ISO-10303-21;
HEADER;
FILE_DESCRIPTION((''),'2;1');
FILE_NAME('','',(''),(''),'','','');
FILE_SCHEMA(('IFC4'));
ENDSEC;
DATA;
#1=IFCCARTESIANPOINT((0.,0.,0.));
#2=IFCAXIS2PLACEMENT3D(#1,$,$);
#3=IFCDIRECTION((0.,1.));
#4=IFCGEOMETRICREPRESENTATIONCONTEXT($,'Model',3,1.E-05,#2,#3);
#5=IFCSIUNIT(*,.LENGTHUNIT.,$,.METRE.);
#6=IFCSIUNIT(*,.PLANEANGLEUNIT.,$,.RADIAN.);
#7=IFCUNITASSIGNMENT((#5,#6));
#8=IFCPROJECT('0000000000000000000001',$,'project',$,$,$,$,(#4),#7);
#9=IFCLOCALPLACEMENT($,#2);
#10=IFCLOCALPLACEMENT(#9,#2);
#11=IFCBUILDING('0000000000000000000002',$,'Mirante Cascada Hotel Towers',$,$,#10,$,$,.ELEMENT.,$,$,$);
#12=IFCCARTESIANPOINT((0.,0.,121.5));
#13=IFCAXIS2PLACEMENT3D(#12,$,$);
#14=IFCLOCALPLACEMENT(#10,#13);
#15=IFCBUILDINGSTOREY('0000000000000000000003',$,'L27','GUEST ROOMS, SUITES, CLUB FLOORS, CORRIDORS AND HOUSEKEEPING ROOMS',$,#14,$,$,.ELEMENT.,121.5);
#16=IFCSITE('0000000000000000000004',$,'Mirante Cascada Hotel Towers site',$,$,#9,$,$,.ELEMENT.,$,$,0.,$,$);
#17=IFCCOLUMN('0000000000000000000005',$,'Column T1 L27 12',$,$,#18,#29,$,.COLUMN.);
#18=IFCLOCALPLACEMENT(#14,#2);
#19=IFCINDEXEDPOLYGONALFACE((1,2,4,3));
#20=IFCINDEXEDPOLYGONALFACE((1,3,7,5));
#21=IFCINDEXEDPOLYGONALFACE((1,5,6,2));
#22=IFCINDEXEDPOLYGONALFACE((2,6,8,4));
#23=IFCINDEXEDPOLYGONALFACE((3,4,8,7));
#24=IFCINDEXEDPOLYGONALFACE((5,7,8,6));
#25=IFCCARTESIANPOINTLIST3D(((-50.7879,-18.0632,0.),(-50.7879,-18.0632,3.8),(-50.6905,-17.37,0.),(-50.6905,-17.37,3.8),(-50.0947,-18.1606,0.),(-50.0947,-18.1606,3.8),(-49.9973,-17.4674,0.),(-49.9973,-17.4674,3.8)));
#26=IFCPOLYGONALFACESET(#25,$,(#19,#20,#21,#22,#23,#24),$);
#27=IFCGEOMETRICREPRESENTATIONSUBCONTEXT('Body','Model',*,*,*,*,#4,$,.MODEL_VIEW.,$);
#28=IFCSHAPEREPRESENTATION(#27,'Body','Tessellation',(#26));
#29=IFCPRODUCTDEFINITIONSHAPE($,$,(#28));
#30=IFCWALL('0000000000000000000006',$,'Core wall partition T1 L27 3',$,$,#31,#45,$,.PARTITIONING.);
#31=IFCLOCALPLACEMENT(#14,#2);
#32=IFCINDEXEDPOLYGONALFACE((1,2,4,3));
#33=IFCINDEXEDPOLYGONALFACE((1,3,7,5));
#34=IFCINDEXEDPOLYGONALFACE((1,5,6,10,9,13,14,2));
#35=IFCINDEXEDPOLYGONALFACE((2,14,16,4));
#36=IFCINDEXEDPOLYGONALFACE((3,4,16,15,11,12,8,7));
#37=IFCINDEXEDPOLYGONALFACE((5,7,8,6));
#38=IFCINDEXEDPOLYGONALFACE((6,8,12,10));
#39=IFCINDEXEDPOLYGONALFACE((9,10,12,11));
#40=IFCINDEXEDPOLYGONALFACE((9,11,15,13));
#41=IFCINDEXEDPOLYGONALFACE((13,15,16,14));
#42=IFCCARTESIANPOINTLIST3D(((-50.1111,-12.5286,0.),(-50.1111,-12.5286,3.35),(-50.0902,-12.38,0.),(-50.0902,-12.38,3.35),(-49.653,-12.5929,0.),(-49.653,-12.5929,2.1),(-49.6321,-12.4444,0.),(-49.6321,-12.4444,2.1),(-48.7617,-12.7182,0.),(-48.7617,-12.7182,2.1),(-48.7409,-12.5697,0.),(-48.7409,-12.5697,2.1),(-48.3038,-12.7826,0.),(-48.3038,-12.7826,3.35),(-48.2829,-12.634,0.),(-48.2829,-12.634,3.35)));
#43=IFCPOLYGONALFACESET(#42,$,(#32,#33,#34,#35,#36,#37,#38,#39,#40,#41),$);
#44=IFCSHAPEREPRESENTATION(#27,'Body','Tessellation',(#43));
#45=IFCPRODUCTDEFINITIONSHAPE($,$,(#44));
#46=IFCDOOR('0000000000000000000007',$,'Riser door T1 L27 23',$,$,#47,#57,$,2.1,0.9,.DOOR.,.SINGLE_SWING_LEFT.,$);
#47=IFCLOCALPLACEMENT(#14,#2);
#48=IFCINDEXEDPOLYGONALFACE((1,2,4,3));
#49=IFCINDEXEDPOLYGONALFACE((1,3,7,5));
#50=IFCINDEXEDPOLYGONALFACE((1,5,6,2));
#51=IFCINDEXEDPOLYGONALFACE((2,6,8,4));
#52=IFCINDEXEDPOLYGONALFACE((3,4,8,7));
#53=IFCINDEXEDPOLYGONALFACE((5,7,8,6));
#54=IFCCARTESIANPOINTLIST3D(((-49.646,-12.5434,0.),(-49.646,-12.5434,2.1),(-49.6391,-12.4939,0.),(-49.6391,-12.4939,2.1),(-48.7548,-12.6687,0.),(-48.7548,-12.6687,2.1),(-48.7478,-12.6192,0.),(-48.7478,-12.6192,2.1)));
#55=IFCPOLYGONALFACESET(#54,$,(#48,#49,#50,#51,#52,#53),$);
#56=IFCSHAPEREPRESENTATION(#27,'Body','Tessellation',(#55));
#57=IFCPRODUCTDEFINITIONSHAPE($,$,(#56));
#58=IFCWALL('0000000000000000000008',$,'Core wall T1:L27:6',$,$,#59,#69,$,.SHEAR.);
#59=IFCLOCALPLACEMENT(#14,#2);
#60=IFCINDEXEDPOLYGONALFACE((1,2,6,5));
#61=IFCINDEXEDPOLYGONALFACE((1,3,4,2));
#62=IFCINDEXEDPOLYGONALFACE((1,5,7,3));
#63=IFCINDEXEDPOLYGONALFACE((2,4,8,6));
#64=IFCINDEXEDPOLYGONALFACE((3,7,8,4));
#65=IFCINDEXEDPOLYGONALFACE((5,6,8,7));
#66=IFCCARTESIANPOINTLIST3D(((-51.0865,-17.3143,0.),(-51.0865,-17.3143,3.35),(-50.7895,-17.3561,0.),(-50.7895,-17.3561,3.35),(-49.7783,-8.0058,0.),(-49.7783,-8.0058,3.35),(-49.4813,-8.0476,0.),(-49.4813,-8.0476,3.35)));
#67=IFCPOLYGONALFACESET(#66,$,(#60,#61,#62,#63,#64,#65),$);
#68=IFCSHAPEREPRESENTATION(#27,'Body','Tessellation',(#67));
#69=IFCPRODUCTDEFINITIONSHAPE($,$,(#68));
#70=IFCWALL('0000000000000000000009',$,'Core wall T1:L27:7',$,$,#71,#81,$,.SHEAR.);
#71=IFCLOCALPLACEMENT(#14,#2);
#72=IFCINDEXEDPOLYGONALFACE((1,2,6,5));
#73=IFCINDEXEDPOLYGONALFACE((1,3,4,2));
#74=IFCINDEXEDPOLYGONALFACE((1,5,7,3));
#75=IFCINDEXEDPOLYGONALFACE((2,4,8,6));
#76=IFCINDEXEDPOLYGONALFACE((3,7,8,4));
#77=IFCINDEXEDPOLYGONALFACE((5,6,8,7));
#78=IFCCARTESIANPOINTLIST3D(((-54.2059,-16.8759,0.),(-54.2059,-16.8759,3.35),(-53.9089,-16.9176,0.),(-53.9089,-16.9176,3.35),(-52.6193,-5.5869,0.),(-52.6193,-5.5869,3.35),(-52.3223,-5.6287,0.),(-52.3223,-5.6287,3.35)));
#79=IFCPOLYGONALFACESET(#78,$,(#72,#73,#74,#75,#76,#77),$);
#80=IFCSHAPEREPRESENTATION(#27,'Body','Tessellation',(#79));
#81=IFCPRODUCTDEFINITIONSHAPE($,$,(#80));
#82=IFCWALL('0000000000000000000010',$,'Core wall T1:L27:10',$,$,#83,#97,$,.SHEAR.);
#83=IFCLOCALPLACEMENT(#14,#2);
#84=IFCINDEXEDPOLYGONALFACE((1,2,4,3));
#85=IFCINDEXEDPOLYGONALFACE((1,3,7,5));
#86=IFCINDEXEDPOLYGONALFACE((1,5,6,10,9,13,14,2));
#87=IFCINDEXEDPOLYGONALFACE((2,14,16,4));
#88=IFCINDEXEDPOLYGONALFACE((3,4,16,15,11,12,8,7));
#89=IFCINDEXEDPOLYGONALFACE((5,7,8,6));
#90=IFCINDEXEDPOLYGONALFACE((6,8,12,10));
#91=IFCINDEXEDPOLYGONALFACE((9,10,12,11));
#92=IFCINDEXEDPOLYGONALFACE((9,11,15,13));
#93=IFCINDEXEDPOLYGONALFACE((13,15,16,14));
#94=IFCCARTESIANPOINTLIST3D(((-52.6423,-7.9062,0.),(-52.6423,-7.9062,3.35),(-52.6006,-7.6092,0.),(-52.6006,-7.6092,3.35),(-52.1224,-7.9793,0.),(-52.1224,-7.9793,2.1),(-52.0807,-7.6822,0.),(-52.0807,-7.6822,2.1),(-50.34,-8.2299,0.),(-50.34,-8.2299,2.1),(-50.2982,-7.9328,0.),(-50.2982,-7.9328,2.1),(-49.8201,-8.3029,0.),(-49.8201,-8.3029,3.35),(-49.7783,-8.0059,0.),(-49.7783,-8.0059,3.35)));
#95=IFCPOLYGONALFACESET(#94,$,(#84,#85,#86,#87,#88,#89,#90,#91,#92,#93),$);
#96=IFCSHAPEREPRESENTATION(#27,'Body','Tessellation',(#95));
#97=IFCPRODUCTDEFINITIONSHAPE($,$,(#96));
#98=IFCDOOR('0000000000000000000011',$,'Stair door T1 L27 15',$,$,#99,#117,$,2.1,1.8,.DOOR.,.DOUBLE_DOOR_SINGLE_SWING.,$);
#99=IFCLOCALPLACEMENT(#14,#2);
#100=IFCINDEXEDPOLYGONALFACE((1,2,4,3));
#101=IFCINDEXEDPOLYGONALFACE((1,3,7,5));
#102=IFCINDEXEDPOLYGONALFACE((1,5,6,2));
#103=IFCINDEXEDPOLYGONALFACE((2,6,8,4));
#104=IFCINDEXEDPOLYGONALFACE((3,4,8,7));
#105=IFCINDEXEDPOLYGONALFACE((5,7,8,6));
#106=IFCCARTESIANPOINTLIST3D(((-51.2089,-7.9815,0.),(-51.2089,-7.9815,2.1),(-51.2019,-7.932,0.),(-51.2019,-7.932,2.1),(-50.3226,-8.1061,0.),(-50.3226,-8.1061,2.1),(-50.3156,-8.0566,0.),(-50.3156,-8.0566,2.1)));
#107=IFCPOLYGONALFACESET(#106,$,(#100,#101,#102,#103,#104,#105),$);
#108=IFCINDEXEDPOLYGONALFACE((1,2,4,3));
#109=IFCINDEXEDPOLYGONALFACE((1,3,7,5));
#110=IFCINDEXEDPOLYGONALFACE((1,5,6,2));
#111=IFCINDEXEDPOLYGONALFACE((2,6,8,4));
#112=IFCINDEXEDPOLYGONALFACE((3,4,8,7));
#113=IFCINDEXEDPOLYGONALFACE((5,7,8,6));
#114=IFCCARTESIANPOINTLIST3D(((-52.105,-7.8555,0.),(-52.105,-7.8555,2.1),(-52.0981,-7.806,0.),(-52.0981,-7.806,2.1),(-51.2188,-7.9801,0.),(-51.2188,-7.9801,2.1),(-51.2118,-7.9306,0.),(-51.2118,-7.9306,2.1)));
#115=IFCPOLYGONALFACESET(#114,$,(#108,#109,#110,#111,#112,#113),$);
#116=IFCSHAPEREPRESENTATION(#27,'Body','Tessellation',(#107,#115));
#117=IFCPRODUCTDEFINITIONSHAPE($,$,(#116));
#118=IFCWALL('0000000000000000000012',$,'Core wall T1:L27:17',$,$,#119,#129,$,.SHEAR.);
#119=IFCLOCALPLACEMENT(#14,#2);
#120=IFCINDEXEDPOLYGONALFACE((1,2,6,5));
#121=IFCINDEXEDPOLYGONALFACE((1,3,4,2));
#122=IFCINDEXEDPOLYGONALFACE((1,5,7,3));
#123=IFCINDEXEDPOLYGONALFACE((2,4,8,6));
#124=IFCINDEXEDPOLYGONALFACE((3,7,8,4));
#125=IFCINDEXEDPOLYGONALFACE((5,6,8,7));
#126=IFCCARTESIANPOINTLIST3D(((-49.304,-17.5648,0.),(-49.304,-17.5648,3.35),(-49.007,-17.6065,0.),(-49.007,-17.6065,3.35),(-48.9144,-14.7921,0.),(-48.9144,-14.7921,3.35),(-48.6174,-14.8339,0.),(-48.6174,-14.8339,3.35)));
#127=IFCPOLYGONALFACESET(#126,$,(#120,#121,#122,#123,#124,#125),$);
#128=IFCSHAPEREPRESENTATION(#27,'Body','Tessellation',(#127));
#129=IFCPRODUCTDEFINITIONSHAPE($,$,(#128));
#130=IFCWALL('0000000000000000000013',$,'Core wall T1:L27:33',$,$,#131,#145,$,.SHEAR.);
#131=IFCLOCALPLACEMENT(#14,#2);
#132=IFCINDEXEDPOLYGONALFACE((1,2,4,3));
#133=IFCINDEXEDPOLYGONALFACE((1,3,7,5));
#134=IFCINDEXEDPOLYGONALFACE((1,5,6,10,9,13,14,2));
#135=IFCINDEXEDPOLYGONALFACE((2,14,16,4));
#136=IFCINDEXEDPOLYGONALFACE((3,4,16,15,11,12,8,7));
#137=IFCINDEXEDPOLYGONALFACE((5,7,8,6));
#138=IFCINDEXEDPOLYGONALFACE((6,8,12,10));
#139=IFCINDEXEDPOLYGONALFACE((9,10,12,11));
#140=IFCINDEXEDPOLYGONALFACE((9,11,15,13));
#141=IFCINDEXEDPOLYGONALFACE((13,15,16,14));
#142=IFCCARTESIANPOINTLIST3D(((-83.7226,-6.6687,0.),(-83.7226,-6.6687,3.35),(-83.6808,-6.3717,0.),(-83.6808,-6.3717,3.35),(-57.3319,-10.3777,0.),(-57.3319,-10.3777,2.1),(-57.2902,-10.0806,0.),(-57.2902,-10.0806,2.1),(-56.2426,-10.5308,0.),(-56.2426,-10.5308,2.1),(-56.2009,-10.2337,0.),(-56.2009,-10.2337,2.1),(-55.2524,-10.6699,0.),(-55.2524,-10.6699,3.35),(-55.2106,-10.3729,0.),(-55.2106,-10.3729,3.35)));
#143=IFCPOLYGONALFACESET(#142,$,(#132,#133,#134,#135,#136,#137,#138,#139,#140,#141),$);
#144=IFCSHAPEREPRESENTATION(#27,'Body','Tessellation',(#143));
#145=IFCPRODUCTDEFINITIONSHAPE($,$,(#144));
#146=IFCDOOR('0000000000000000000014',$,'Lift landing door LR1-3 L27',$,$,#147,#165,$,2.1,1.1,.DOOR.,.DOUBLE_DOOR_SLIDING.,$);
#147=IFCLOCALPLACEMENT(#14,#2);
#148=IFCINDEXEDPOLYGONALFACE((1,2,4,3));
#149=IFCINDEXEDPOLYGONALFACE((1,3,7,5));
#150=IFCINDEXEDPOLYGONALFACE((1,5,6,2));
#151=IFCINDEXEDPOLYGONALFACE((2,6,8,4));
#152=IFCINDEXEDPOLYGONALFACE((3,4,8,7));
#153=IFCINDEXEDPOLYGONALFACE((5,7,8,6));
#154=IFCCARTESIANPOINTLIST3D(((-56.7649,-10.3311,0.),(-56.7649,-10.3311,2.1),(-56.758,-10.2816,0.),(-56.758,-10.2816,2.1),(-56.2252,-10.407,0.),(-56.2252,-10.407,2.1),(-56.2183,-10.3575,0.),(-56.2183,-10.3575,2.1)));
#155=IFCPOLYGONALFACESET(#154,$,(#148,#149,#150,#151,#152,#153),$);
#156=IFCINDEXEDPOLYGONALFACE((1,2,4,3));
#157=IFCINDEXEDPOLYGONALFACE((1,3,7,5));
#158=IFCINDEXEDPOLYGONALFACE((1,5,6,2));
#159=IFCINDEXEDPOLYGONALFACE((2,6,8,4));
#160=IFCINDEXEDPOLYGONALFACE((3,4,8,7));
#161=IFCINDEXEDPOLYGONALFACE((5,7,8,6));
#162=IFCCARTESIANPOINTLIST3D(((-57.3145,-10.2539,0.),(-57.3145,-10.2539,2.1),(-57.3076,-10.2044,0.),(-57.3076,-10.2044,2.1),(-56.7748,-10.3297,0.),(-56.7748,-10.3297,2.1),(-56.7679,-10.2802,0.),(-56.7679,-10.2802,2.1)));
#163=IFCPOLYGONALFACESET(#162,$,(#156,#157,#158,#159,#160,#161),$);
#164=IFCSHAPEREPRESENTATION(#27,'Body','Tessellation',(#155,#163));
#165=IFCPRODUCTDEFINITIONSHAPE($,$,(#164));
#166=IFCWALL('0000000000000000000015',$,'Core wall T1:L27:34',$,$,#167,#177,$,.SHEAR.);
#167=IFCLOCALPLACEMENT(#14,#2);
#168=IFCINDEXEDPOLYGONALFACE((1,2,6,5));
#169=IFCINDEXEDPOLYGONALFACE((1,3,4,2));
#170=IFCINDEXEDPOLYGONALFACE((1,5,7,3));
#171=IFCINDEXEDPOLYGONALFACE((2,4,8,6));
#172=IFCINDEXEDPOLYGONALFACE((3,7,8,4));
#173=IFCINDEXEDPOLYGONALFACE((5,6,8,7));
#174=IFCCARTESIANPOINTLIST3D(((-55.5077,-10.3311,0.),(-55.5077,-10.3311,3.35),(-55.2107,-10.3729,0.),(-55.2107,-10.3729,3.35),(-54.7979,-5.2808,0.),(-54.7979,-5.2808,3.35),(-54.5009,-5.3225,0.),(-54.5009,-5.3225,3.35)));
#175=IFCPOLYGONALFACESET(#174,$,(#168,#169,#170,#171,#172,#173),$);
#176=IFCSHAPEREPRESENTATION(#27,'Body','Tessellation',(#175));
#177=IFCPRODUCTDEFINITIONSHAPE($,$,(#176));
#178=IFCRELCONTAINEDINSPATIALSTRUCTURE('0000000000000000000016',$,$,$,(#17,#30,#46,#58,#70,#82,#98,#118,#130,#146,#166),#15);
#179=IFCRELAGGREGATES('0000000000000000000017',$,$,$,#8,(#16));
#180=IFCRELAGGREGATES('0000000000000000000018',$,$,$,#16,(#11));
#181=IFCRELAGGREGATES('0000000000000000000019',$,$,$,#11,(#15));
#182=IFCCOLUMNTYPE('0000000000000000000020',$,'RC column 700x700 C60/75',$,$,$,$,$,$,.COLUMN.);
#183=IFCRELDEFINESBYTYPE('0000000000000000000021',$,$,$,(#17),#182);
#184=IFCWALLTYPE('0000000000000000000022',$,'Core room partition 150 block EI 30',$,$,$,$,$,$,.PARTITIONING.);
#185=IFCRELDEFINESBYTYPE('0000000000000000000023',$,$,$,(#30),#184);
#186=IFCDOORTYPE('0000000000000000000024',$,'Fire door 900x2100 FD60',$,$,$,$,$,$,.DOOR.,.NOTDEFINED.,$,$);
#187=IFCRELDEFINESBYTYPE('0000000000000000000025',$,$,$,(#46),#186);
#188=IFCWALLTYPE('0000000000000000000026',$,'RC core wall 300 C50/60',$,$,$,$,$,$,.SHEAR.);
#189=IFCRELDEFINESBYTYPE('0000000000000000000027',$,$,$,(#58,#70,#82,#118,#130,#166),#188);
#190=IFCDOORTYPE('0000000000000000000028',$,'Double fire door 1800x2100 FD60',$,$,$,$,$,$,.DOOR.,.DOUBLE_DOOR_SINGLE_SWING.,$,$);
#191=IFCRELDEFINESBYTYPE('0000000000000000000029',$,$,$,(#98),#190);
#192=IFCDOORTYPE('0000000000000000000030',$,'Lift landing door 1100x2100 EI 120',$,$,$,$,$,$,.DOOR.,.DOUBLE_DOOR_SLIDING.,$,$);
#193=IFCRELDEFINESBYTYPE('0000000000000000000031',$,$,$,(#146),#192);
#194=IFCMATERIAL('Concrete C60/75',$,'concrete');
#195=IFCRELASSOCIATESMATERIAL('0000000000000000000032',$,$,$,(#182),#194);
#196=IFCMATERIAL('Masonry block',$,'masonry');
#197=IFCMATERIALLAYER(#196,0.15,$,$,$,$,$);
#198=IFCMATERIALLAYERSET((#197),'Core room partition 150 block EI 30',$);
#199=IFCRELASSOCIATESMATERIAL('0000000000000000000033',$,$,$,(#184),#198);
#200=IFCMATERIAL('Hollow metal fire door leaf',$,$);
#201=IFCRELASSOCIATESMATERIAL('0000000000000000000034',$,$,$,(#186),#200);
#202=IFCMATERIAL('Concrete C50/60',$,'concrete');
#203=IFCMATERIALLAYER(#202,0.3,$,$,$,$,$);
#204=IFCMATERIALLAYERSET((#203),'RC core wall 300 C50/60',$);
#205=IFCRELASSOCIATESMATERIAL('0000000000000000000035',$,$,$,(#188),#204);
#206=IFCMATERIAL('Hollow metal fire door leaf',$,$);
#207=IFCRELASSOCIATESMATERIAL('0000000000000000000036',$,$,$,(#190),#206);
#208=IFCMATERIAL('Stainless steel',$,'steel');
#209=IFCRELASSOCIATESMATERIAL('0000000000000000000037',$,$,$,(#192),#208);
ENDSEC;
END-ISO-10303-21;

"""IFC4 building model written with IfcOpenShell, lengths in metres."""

from ifc_helpers import new_model, si_unit, direction, frame, frame_2d, origin, origin_2d, place, context, subcontext, project, spatial, rectangle, extrude, material, layer, layer_set, material_profile, profile_set, type_object, element, fill, save


model = new_model("IFC4")

# Units and contexts
model_context = context("Model", 3, precision=1e-05, world=origin(), true_north=direction((0.0, 1.0)))
body_context = subcontext(model_context, "Body", "Model", "MODEL_VIEW")
ifc_project = project(units=[si_unit("LENGTHUNIT", "METRE"), si_unit("PLANEANGLEUNIT", "RADIAN")], contexts=[model_context])

# Site, building, storey
site_placement = place(None, origin())
site = spatial("IfcSite", under=ifc_project, at=site_placement, Name="Mirante Cascada Hotel Towers site", CompositionType="ELEMENT", RefElevation=0.0)
building_placement = place(site_placement, origin())
building = spatial("IfcBuilding", under=site, at=building_placement, Name="Mirante Cascada Hotel Towers", CompositionType="ELEMENT")
storey_placement = place(building_placement, frame((0.0, 0.0, 121.5)))
storey = spatial("IfcBuildingStorey", under=building, at=storey_placement, Name="L27", Description="GUEST ROOMS, SUITES, CLUB FLOORS, CORRIDORS AND HOUSEKEEPING ROOMS", CompositionType="ELEMENT", Elevation=121.5)

# Column
ifc_material_1 = material(Name="Concrete C60/75", Category="concrete")
ifc_material_profile = material_profile(ifc_material_1, rectangle(XDim=0.7, YDim=0.7, at=origin_2d()), Name="RC column 700x700 C60/75")
ifc_profile_set = profile_set([ifc_material_profile], Name="Concrete C60/75")
column_type = type_object("IfcColumnType", Name="RC column 700x700 C60/75", PredefinedType="COLUMN", material=ifc_profile_set)
column_placement = place(storey_placement, frame((-50.3926, -17.7653, 0.0), z_axis=(0.0, 0.0, 1.0), x_axis=(-0.990268, 0.139173, 0.0)))
element("IfcColumn", 1, at=column_placement, inside=storey, type_object=column_type, Name="Column T1 L27 12", PredefinedType="COLUMN", context=body_context, shape_type="SweptSolid", body=[
    extrude(rectangle(XDim=0.7, YDim=0.7, at=origin_2d()), origin(), (0.0, 0.0, 1.0), 3.8),
])

# Wall, opening, door
ifc_material_2 = material(Name="Masonry block", Category="masonry")
ifc_layer_1 = layer(ifc_material_2, 0.15)
ifc_layer_set_1 = layer_set([ifc_layer_1], Name="Core room partition 150 block EI 30")
wall_type_1 = type_object("IfcWallType", Name="Core room partition 150 block EI 30", PredefinedType="PARTITIONING", material=ifc_layer_set_1)
wall_1_placement = place(storey_placement, frame((-48.2933, -12.7083, 0.0), z_axis=(0.0, 0.0, 1.0), x_axis=(-0.990268, 0.139173, 0.0)))
wall_1 = element("IfcWall", 2, at=wall_1_placement, inside=storey, type_object=wall_type_1, Name="Core wall partition T1 L27 3", PredefinedType="PARTITIONING", context=body_context, shape_type="SweptSolid", body=[
    extrude(rectangle(XDim=1.8251, YDim=0.15, at=frame_2d((0.9126, 0.0))), origin(), (0.0, 0.0, 1.0), 3.35),
])
opening_1_placement = place(wall_1_placement, frame((0.4625, 0.0, 0.0)))
opening_1 = element("IfcOpeningElement", 3, at=opening_1_placement, cuts=wall_1, PredefinedType="OPENING", context=body_context, shape_type="SweptSolid", body=[
    extrude(rectangle(XDim=0.9, YDim=2.1, at=frame_2d((0.45, 1.05))), frame((0.0, 0.075, 0.0), z_axis=(0.0, -1.0, 0.0), x_axis=(1.0, 0.0, 0.0)), (0.0, 0.0, 1.0), 0.15),
])
ifc_material_3 = material(Name="Hollow metal fire door leaf")
door_type_1 = type_object("IfcDoorType", Name="Fire door 900x2100 FD60", OperationType="NOTDEFINED", PredefinedType="DOOR", material=ifc_material_3)
door_1_placement = place(opening_1_placement, origin())
door_1 = element("IfcDoor", 4, at=door_1_placement, inside=storey, type_object=door_type_1, Name="Riser door T1 L27 23", OperationType="SINGLE_SWING_LEFT", OverallHeight=2.1, OverallWidth=0.9, PredefinedType="DOOR", context=body_context, shape_type="SweptSolid", body=[
    extrude(rectangle(XDim=0.9, YDim=2.1, at=frame_2d((0.45, 1.05))), frame((0.0, 0.025, 0.0), z_axis=(0.0, -1.0, 0.0), x_axis=(1.0, 0.0, 0.0)), (0.0, 0.0, 1.0), 0.05),
])
fill(opening_1, door_1)

# Walls
ifc_material_4 = material(Name="Concrete C50/60", Category="concrete")
ifc_layer_2 = layer(ifc_material_4, 0.3)
ifc_layer_set_2 = layer_set([ifc_layer_2], Name="RC core wall 300 C50/60")
wall_type_2 = type_object("IfcWallType", Name="RC core wall 300 C50/60", PredefinedType="SHEAR", material=ifc_layer_set_2)
wall_2_placement = place(storey_placement, frame((-50.938, -17.3352, 0.0), z_axis=(0.0, 0.0, 1.0), x_axis=(0.139171, 0.990268, 0.0)))
element("IfcWall", 5, at=wall_2_placement, inside=storey, type_object=wall_type_2, Name="Core wall T1:L27:6", PredefinedType="SHEAR", context=body_context, shape_type="SweptSolid", body=[
    extrude(rectangle(XDim=9.4, YDim=0.3, at=frame_2d((4.7, 0.0))), origin(), (0.0, 0.0, 1.0), 3.35),
])
wall_3_placement = place(storey_placement, frame((-54.0574, -16.8968, 0.0), z_axis=(0.0, 0.0, 1.0), x_axis=(0.139176, 0.990268, 0.0)))
element("IfcWall", 6, at=wall_3_placement, inside=storey, type_object=wall_type_2, Name="Core wall T1:L27:7", PredefinedType="SHEAR", context=body_context, shape_type="SweptSolid", body=[
    extrude(rectangle(XDim=11.3999, YDim=0.3, at=frame_2d((5.7, 0.0))), origin(), (0.0, 0.0, 1.0), 3.35),
])

# Wall, opening, door
wall_4_placement = place(storey_placement, frame((-49.7992, -8.1544, 0.0), z_axis=(0.0, 0.0, 1.0), x_axis=(-0.990266, 0.139191, 0.0)))
wall_4 = element("IfcWall", 7, at=wall_4_placement, inside=storey, type_object=wall_type_2, Name="Core wall T1:L27:10", PredefinedType="SHEAR", context=body_context, shape_type="SweptSolid", body=[
    extrude(rectangle(XDim=2.85, YDim=0.3, at=frame_2d((1.425, 0.0))), origin(), (0.0, 0.0, 1.0), 3.35),
])
opening_2_placement = place(wall_4_placement, frame((0.525, 0.0, 0.0)))
opening_2 = element("IfcOpeningElement", 8, at=opening_2_placement, cuts=wall_4, PredefinedType="OPENING", context=body_context, shape_type="SweptSolid", body=[
    extrude(rectangle(XDim=1.8, YDim=2.1, at=frame_2d((0.9, 1.05))), frame((0.0, 0.15, 0.0), z_axis=(0.0, -1.0, 0.0), x_axis=(1.0, 0.0, 0.0)), (0.0, 0.0, 1.0), 0.3),
])
ifc_material_5 = material(Name="Hollow metal fire door leaf")
door_type_2 = type_object("IfcDoorType", Name="Double fire door 1800x2100 FD60", OperationType="DOUBLE_DOOR_SINGLE_SWING", PredefinedType="DOOR", material=ifc_material_5)
door_2_placement = place(opening_2_placement, origin())
door_2 = element("IfcDoor", 9, at=door_2_placement, inside=storey, type_object=door_type_2, Name="Stair door T1 L27 15", OperationType="DOUBLE_DOOR_SINGLE_SWING", OverallHeight=2.1, OverallWidth=1.8, PredefinedType="DOOR", context=body_context, shape_type="SweptSolid", body=[
    extrude(rectangle(XDim=0.895, YDim=2.1, at=frame_2d((0.4475, 1.05))), frame((0.0, 0.025, 0.0), z_axis=(0.0, -1.0, 0.0), x_axis=(1.0, 0.0, 0.0)), (0.0, 0.0, 1.0), 0.05),
    extrude(rectangle(XDim=0.895, YDim=2.1, at=frame_2d((1.3525, 1.05))), frame((0.0, 0.025, 0.0), z_axis=(0.0, -1.0, 0.0), x_axis=(1.0, 0.0, 0.0)), (0.0, 0.0, 1.0), 0.05),
])
fill(opening_2, door_2)

# Wall
wall_5_placement = place(storey_placement, frame((-49.1555, -17.5857, 0.0), z_axis=(0.0, 0.0, 1.0), x_axis=(0.139146, 0.990272, 0.0)))
element("IfcWall", 10, at=wall_5_placement, inside=storey, type_object=wall_type_2, Name="Core wall T1:L27:17", PredefinedType="SHEAR", context=body_context, shape_type="SweptSolid", body=[
    extrude(rectangle(XDim=2.7999, YDim=0.3, at=frame_2d((1.4, 0.0))), origin(), (0.0, 0.0, 1.0), 3.35),
])

# Shared definitions
ifc_material_6 = material(Name="Stainless steel", Category="steel")
door_type_3 = type_object("IfcDoorType", Name="Lift landing door 1100x2100 EI 120", OperationType="DOUBLE_DOOR_SLIDING", PredefinedType="DOOR", material=ifc_material_6)

# Wall, opening, door
wall_6_placement = place(storey_placement, frame((-55.2315, -10.5214, 0.0), z_axis=(0.0, 0.0, 1.0), x_axis=(-0.990268, 0.139172, 0.0)))
wall_6 = element("IfcWall", 11, at=wall_6_placement, inside=storey, type_object=wall_type_2, Name="Core wall T1:L27:33", PredefinedType="SHEAR", context=body_context, shape_type="SweptSolid", body=[
    extrude(rectangle(XDim=28.75, YDim=0.3, at=frame_2d((14.375, 0.0))), origin(), (0.0, 0.0, 1.0), 3.35),
])
opening_3_placement = place(wall_6_placement, frame((1.0, 0.0, 0.0)))
opening_3 = element("IfcOpeningElement", 12, at=opening_3_placement, cuts=wall_6, PredefinedType="OPENING", context=body_context, shape_type="SweptSolid", body=[
    extrude(rectangle(XDim=1.1, YDim=2.1, at=frame_2d((0.55, 1.05))), frame((0.0, 0.15, 0.0), z_axis=(0.0, -1.0, 0.0), x_axis=(1.0, 0.0, 0.0)), (0.0, 0.0, 1.0), 0.3),
])
door_3_placement = place(opening_3_placement, origin())
door_3 = element("IfcDoor", 13, at=door_3_placement, inside=storey, type_object=door_type_3, Name="Lift landing door LR1-3 L27", OperationType="DOUBLE_DOOR_SLIDING", OverallHeight=2.1, OverallWidth=1.1, PredefinedType="DOOR", context=body_context, shape_type="SweptSolid", body=[
    extrude(rectangle(XDim=0.545, YDim=2.1, at=frame_2d((0.2725, 1.05))), frame((0.0, 0.025, 0.0), z_axis=(0.0, -1.0, 0.0), x_axis=(1.0, 0.0, 0.0)), (0.0, 0.0, 1.0), 0.05),
    extrude(rectangle(XDim=0.545, YDim=2.1, at=frame_2d((0.8275, 1.05))), frame((0.0, 0.025, 0.0), z_axis=(0.0, -1.0, 0.0), x_axis=(1.0, 0.0, 0.0)), (0.0, 0.0, 1.0), 0.05),
])
fill(opening_3, door_3)

# Wall
wall_7_placement = place(storey_placement, frame((-55.3592, -10.352, 0.0), z_axis=(0.0, 0.0, 1.0), x_axis=(0.139176, 0.990268, 0.0)))
element("IfcWall", 14, at=wall_7_placement, inside=storey, type_object=wall_type_2, Name="Core wall T1:L27:34", PredefinedType="SHEAR", context=body_context, shape_type="SweptSolid", body=[
    extrude(rectangle(XDim=5.1, YDim=0.3, at=frame_2d((2.55, 0.0))), origin(), (0.0, 0.0, 1.0), 3.35),
])

save(model, "model.ifc")
